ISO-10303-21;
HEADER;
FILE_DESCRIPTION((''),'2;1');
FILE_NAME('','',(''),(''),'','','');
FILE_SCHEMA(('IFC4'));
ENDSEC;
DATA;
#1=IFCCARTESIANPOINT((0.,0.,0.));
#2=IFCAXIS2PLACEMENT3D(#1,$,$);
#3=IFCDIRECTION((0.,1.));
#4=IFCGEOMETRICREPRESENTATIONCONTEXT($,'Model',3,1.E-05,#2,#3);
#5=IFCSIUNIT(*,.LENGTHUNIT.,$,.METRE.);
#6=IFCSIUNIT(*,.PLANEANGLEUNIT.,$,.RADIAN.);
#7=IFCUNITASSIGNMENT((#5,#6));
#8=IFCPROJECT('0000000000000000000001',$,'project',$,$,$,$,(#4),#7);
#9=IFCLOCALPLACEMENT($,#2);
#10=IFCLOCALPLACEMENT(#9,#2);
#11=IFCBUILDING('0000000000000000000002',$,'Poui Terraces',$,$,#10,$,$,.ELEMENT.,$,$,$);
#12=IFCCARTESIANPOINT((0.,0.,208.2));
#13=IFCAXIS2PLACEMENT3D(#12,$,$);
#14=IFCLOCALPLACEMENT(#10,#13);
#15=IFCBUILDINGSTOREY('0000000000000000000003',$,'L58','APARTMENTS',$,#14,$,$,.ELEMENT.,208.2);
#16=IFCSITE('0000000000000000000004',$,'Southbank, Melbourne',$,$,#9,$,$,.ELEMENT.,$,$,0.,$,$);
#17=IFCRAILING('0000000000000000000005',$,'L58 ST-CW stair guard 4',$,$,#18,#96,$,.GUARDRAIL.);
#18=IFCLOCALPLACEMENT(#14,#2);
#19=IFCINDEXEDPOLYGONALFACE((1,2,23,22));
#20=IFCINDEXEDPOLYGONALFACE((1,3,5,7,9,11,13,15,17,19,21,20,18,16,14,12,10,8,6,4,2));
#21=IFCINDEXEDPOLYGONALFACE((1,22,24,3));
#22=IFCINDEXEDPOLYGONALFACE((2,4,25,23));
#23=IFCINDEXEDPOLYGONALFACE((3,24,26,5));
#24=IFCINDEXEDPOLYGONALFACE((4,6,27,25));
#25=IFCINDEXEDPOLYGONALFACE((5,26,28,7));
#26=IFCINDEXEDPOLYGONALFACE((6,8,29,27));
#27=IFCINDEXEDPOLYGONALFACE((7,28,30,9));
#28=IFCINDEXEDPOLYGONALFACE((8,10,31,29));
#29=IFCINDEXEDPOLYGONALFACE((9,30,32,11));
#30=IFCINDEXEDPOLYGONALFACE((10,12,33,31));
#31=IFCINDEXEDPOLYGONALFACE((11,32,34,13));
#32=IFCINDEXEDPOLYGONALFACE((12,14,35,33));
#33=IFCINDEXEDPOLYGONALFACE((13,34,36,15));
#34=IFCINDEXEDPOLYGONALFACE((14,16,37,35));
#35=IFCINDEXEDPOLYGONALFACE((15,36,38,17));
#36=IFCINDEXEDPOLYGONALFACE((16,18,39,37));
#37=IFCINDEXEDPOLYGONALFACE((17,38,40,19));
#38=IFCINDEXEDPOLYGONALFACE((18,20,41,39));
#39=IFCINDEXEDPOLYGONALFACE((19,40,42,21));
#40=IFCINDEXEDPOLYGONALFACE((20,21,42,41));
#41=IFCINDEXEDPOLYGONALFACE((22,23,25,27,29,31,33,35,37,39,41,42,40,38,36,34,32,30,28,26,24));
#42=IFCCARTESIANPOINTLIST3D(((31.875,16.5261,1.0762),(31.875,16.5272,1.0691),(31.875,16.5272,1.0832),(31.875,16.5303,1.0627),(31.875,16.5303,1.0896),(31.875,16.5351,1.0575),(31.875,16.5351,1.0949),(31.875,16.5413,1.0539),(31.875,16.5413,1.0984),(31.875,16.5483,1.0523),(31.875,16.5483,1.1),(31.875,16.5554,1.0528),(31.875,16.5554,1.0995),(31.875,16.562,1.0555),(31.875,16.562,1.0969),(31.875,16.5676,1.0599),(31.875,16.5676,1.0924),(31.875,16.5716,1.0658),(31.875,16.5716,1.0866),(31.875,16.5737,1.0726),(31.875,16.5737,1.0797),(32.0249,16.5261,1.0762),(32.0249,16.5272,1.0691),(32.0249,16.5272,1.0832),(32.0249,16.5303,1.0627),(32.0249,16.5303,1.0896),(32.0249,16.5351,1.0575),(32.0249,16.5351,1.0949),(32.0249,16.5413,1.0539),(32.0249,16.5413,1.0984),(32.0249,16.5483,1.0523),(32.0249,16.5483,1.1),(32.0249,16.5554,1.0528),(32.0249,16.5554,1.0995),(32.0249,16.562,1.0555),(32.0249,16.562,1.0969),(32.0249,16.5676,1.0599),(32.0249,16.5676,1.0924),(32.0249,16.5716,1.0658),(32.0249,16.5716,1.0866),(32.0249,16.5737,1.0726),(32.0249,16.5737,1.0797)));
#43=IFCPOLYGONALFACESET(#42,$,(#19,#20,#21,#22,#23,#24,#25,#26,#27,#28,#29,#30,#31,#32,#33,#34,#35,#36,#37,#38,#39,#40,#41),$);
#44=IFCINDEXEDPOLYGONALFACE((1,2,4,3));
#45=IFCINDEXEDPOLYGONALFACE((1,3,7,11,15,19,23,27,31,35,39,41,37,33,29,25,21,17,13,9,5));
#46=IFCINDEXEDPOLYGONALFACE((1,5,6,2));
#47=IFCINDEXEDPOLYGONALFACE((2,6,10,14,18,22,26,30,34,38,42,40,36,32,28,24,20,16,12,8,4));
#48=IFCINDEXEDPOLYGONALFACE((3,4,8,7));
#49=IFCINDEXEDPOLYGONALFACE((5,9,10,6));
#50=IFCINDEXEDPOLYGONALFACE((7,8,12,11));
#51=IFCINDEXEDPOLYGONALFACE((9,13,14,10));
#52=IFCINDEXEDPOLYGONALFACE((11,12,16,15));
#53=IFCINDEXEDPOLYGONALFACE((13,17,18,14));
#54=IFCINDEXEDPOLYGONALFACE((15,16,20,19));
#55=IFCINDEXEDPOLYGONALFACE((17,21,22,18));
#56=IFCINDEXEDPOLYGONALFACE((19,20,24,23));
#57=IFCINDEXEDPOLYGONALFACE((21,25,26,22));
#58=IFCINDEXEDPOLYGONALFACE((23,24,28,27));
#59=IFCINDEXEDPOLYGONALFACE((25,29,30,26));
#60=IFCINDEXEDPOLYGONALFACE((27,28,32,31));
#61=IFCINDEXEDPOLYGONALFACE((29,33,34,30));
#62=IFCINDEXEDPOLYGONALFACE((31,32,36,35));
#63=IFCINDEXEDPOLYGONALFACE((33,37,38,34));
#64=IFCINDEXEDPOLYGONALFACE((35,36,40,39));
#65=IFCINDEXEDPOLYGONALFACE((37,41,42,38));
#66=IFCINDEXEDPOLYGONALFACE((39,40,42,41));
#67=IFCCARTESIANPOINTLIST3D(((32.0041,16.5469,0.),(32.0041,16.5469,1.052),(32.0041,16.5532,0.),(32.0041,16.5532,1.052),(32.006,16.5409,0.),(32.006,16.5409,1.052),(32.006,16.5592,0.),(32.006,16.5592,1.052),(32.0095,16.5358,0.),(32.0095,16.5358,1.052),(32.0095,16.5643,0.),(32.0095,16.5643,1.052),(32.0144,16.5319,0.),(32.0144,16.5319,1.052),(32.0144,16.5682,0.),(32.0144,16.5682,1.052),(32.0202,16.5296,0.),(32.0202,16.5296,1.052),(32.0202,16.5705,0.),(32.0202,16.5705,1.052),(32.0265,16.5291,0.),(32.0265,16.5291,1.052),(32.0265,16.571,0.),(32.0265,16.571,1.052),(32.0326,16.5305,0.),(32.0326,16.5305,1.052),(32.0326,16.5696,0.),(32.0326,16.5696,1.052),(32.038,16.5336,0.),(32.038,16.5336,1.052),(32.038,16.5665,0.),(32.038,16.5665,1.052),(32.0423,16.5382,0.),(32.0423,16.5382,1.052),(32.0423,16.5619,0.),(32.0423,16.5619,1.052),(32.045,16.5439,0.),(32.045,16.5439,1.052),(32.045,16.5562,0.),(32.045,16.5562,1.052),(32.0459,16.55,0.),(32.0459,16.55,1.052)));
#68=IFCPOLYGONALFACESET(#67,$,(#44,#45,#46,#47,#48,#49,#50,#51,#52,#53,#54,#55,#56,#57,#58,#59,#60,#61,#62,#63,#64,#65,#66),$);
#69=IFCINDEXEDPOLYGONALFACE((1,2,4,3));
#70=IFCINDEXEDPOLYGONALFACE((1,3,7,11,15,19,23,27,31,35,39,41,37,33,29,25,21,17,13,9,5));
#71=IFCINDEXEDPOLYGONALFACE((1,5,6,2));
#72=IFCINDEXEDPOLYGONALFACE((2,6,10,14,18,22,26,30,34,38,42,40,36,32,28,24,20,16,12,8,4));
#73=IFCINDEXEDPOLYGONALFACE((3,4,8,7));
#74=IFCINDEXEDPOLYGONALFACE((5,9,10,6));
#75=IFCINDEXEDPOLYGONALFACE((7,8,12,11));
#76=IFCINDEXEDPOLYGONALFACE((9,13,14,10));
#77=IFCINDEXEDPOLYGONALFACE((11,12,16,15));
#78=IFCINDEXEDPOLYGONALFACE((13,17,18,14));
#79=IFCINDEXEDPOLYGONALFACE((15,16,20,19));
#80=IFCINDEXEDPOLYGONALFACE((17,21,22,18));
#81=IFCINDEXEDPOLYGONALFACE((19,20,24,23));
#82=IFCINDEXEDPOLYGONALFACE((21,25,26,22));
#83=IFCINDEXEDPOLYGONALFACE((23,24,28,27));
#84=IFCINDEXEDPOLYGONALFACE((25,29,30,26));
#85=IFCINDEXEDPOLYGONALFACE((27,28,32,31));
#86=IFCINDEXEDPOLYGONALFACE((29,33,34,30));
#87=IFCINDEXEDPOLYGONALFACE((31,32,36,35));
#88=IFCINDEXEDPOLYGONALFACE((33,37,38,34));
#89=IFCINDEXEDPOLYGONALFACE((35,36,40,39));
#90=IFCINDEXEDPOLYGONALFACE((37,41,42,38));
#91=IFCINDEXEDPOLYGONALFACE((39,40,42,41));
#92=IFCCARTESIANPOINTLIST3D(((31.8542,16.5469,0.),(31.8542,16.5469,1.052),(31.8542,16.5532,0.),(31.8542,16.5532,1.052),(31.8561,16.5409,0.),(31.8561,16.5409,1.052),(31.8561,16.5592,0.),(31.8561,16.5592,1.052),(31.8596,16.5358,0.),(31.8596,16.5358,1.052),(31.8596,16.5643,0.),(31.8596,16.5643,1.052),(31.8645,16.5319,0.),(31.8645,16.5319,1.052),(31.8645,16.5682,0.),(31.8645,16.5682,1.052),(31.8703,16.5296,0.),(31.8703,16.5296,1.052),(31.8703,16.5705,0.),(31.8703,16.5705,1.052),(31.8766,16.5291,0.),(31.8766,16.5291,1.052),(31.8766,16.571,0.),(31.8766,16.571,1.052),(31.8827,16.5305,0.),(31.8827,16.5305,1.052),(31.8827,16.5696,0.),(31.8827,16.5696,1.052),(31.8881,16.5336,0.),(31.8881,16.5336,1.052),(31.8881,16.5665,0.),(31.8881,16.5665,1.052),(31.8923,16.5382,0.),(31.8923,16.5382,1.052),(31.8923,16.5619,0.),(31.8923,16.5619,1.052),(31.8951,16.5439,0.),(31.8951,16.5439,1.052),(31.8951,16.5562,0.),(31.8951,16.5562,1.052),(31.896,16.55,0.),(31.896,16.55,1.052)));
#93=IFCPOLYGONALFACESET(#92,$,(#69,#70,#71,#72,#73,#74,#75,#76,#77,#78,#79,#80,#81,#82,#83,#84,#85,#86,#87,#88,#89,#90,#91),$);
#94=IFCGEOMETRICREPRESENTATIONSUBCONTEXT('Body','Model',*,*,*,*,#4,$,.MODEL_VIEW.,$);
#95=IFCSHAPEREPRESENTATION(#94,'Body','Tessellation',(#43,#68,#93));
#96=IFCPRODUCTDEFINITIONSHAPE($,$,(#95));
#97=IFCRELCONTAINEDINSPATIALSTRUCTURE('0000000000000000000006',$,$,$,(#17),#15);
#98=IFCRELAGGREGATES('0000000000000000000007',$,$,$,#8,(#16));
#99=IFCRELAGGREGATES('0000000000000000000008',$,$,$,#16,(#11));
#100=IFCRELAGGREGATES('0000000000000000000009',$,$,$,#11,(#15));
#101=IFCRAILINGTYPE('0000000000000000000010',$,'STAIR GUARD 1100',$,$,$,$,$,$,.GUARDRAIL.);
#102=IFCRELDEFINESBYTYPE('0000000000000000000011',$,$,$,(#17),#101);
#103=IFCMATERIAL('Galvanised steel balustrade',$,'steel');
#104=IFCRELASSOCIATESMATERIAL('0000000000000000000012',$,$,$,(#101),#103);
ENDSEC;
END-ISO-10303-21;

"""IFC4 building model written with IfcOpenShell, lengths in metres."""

from ifc_helpers import new_model, si_unit, direction, frame, origin, origin_2d, place, context, subcontext, project, spatial, circle, extrude, material, type_object, element, save


model = new_model("IFC4")

# Units and contexts
model_context = context("Model", 3, precision=1e-05, world=origin(), true_north=direction((0.0, 1.0)))
body_context = subcontext(model_context, "Body", "Model", "MODEL_VIEW")
ifc_project = project(units=[si_unit("LENGTHUNIT", "METRE"), si_unit("PLANEANGLEUNIT", "RADIAN")], contexts=[model_context])

# Site, building, storey
site_placement = place(None, origin())
site = spatial("IfcSite", under=ifc_project, at=site_placement, Name="Southbank, Melbourne", CompositionType="ELEMENT", RefElevation=0.0)
building_placement = place(site_placement, origin())
building = spatial("IfcBuilding", under=site, at=building_placement, Name="Poui Terraces", CompositionType="ELEMENT")
storey_placement = place(building_placement, frame((0.0, 0.0, 208.2)))
storey = spatial("IfcBuildingStorey", under=building, at=storey_placement, Name="L58", Description="APARTMENTS", CompositionType="ELEMENT", Elevation=208.2)

# Railing
ifc_material_1 = material(Name="Galvanised steel balustrade", Category="steel")
railing_type_1 = type_object("IfcRailingType", Name="STAIR GUARD 1100", PredefinedType="GUARDRAIL", material=ifc_material_1)
railing_1_placement = place(storey_placement, frame((32.0249, 16.55, 0.0)))
element("IfcRailing", 1, at=railing_1_placement, inside=storey, type_object=railing_type_1, Name="L58 ST-CW stair guard 4", PredefinedType="GUARDRAIL", context=body_context, shape_type="SweptSolid", body=[
    extrude(circle(Radius=0.0239, at=origin_2d()), frame((0.0, 0.0, 1.0762), z_axis=(-1.0, 0.0, 0.0), x_axis=(0.0, -1.0, 0.0)), (0.0, 0.0, 1.0), 0.1499),
    extrude(circle(Radius=0.021, at=origin_2d()), origin(), (0.0, 0.0, 1.0), 1.052),
    extrude(circle(Radius=0.021, at=origin_2d()), frame((-0.1499, 0.0, 0.0)), (0.0, 0.0, 1.0), 1.052),
])

save(model, "model.ifc")
